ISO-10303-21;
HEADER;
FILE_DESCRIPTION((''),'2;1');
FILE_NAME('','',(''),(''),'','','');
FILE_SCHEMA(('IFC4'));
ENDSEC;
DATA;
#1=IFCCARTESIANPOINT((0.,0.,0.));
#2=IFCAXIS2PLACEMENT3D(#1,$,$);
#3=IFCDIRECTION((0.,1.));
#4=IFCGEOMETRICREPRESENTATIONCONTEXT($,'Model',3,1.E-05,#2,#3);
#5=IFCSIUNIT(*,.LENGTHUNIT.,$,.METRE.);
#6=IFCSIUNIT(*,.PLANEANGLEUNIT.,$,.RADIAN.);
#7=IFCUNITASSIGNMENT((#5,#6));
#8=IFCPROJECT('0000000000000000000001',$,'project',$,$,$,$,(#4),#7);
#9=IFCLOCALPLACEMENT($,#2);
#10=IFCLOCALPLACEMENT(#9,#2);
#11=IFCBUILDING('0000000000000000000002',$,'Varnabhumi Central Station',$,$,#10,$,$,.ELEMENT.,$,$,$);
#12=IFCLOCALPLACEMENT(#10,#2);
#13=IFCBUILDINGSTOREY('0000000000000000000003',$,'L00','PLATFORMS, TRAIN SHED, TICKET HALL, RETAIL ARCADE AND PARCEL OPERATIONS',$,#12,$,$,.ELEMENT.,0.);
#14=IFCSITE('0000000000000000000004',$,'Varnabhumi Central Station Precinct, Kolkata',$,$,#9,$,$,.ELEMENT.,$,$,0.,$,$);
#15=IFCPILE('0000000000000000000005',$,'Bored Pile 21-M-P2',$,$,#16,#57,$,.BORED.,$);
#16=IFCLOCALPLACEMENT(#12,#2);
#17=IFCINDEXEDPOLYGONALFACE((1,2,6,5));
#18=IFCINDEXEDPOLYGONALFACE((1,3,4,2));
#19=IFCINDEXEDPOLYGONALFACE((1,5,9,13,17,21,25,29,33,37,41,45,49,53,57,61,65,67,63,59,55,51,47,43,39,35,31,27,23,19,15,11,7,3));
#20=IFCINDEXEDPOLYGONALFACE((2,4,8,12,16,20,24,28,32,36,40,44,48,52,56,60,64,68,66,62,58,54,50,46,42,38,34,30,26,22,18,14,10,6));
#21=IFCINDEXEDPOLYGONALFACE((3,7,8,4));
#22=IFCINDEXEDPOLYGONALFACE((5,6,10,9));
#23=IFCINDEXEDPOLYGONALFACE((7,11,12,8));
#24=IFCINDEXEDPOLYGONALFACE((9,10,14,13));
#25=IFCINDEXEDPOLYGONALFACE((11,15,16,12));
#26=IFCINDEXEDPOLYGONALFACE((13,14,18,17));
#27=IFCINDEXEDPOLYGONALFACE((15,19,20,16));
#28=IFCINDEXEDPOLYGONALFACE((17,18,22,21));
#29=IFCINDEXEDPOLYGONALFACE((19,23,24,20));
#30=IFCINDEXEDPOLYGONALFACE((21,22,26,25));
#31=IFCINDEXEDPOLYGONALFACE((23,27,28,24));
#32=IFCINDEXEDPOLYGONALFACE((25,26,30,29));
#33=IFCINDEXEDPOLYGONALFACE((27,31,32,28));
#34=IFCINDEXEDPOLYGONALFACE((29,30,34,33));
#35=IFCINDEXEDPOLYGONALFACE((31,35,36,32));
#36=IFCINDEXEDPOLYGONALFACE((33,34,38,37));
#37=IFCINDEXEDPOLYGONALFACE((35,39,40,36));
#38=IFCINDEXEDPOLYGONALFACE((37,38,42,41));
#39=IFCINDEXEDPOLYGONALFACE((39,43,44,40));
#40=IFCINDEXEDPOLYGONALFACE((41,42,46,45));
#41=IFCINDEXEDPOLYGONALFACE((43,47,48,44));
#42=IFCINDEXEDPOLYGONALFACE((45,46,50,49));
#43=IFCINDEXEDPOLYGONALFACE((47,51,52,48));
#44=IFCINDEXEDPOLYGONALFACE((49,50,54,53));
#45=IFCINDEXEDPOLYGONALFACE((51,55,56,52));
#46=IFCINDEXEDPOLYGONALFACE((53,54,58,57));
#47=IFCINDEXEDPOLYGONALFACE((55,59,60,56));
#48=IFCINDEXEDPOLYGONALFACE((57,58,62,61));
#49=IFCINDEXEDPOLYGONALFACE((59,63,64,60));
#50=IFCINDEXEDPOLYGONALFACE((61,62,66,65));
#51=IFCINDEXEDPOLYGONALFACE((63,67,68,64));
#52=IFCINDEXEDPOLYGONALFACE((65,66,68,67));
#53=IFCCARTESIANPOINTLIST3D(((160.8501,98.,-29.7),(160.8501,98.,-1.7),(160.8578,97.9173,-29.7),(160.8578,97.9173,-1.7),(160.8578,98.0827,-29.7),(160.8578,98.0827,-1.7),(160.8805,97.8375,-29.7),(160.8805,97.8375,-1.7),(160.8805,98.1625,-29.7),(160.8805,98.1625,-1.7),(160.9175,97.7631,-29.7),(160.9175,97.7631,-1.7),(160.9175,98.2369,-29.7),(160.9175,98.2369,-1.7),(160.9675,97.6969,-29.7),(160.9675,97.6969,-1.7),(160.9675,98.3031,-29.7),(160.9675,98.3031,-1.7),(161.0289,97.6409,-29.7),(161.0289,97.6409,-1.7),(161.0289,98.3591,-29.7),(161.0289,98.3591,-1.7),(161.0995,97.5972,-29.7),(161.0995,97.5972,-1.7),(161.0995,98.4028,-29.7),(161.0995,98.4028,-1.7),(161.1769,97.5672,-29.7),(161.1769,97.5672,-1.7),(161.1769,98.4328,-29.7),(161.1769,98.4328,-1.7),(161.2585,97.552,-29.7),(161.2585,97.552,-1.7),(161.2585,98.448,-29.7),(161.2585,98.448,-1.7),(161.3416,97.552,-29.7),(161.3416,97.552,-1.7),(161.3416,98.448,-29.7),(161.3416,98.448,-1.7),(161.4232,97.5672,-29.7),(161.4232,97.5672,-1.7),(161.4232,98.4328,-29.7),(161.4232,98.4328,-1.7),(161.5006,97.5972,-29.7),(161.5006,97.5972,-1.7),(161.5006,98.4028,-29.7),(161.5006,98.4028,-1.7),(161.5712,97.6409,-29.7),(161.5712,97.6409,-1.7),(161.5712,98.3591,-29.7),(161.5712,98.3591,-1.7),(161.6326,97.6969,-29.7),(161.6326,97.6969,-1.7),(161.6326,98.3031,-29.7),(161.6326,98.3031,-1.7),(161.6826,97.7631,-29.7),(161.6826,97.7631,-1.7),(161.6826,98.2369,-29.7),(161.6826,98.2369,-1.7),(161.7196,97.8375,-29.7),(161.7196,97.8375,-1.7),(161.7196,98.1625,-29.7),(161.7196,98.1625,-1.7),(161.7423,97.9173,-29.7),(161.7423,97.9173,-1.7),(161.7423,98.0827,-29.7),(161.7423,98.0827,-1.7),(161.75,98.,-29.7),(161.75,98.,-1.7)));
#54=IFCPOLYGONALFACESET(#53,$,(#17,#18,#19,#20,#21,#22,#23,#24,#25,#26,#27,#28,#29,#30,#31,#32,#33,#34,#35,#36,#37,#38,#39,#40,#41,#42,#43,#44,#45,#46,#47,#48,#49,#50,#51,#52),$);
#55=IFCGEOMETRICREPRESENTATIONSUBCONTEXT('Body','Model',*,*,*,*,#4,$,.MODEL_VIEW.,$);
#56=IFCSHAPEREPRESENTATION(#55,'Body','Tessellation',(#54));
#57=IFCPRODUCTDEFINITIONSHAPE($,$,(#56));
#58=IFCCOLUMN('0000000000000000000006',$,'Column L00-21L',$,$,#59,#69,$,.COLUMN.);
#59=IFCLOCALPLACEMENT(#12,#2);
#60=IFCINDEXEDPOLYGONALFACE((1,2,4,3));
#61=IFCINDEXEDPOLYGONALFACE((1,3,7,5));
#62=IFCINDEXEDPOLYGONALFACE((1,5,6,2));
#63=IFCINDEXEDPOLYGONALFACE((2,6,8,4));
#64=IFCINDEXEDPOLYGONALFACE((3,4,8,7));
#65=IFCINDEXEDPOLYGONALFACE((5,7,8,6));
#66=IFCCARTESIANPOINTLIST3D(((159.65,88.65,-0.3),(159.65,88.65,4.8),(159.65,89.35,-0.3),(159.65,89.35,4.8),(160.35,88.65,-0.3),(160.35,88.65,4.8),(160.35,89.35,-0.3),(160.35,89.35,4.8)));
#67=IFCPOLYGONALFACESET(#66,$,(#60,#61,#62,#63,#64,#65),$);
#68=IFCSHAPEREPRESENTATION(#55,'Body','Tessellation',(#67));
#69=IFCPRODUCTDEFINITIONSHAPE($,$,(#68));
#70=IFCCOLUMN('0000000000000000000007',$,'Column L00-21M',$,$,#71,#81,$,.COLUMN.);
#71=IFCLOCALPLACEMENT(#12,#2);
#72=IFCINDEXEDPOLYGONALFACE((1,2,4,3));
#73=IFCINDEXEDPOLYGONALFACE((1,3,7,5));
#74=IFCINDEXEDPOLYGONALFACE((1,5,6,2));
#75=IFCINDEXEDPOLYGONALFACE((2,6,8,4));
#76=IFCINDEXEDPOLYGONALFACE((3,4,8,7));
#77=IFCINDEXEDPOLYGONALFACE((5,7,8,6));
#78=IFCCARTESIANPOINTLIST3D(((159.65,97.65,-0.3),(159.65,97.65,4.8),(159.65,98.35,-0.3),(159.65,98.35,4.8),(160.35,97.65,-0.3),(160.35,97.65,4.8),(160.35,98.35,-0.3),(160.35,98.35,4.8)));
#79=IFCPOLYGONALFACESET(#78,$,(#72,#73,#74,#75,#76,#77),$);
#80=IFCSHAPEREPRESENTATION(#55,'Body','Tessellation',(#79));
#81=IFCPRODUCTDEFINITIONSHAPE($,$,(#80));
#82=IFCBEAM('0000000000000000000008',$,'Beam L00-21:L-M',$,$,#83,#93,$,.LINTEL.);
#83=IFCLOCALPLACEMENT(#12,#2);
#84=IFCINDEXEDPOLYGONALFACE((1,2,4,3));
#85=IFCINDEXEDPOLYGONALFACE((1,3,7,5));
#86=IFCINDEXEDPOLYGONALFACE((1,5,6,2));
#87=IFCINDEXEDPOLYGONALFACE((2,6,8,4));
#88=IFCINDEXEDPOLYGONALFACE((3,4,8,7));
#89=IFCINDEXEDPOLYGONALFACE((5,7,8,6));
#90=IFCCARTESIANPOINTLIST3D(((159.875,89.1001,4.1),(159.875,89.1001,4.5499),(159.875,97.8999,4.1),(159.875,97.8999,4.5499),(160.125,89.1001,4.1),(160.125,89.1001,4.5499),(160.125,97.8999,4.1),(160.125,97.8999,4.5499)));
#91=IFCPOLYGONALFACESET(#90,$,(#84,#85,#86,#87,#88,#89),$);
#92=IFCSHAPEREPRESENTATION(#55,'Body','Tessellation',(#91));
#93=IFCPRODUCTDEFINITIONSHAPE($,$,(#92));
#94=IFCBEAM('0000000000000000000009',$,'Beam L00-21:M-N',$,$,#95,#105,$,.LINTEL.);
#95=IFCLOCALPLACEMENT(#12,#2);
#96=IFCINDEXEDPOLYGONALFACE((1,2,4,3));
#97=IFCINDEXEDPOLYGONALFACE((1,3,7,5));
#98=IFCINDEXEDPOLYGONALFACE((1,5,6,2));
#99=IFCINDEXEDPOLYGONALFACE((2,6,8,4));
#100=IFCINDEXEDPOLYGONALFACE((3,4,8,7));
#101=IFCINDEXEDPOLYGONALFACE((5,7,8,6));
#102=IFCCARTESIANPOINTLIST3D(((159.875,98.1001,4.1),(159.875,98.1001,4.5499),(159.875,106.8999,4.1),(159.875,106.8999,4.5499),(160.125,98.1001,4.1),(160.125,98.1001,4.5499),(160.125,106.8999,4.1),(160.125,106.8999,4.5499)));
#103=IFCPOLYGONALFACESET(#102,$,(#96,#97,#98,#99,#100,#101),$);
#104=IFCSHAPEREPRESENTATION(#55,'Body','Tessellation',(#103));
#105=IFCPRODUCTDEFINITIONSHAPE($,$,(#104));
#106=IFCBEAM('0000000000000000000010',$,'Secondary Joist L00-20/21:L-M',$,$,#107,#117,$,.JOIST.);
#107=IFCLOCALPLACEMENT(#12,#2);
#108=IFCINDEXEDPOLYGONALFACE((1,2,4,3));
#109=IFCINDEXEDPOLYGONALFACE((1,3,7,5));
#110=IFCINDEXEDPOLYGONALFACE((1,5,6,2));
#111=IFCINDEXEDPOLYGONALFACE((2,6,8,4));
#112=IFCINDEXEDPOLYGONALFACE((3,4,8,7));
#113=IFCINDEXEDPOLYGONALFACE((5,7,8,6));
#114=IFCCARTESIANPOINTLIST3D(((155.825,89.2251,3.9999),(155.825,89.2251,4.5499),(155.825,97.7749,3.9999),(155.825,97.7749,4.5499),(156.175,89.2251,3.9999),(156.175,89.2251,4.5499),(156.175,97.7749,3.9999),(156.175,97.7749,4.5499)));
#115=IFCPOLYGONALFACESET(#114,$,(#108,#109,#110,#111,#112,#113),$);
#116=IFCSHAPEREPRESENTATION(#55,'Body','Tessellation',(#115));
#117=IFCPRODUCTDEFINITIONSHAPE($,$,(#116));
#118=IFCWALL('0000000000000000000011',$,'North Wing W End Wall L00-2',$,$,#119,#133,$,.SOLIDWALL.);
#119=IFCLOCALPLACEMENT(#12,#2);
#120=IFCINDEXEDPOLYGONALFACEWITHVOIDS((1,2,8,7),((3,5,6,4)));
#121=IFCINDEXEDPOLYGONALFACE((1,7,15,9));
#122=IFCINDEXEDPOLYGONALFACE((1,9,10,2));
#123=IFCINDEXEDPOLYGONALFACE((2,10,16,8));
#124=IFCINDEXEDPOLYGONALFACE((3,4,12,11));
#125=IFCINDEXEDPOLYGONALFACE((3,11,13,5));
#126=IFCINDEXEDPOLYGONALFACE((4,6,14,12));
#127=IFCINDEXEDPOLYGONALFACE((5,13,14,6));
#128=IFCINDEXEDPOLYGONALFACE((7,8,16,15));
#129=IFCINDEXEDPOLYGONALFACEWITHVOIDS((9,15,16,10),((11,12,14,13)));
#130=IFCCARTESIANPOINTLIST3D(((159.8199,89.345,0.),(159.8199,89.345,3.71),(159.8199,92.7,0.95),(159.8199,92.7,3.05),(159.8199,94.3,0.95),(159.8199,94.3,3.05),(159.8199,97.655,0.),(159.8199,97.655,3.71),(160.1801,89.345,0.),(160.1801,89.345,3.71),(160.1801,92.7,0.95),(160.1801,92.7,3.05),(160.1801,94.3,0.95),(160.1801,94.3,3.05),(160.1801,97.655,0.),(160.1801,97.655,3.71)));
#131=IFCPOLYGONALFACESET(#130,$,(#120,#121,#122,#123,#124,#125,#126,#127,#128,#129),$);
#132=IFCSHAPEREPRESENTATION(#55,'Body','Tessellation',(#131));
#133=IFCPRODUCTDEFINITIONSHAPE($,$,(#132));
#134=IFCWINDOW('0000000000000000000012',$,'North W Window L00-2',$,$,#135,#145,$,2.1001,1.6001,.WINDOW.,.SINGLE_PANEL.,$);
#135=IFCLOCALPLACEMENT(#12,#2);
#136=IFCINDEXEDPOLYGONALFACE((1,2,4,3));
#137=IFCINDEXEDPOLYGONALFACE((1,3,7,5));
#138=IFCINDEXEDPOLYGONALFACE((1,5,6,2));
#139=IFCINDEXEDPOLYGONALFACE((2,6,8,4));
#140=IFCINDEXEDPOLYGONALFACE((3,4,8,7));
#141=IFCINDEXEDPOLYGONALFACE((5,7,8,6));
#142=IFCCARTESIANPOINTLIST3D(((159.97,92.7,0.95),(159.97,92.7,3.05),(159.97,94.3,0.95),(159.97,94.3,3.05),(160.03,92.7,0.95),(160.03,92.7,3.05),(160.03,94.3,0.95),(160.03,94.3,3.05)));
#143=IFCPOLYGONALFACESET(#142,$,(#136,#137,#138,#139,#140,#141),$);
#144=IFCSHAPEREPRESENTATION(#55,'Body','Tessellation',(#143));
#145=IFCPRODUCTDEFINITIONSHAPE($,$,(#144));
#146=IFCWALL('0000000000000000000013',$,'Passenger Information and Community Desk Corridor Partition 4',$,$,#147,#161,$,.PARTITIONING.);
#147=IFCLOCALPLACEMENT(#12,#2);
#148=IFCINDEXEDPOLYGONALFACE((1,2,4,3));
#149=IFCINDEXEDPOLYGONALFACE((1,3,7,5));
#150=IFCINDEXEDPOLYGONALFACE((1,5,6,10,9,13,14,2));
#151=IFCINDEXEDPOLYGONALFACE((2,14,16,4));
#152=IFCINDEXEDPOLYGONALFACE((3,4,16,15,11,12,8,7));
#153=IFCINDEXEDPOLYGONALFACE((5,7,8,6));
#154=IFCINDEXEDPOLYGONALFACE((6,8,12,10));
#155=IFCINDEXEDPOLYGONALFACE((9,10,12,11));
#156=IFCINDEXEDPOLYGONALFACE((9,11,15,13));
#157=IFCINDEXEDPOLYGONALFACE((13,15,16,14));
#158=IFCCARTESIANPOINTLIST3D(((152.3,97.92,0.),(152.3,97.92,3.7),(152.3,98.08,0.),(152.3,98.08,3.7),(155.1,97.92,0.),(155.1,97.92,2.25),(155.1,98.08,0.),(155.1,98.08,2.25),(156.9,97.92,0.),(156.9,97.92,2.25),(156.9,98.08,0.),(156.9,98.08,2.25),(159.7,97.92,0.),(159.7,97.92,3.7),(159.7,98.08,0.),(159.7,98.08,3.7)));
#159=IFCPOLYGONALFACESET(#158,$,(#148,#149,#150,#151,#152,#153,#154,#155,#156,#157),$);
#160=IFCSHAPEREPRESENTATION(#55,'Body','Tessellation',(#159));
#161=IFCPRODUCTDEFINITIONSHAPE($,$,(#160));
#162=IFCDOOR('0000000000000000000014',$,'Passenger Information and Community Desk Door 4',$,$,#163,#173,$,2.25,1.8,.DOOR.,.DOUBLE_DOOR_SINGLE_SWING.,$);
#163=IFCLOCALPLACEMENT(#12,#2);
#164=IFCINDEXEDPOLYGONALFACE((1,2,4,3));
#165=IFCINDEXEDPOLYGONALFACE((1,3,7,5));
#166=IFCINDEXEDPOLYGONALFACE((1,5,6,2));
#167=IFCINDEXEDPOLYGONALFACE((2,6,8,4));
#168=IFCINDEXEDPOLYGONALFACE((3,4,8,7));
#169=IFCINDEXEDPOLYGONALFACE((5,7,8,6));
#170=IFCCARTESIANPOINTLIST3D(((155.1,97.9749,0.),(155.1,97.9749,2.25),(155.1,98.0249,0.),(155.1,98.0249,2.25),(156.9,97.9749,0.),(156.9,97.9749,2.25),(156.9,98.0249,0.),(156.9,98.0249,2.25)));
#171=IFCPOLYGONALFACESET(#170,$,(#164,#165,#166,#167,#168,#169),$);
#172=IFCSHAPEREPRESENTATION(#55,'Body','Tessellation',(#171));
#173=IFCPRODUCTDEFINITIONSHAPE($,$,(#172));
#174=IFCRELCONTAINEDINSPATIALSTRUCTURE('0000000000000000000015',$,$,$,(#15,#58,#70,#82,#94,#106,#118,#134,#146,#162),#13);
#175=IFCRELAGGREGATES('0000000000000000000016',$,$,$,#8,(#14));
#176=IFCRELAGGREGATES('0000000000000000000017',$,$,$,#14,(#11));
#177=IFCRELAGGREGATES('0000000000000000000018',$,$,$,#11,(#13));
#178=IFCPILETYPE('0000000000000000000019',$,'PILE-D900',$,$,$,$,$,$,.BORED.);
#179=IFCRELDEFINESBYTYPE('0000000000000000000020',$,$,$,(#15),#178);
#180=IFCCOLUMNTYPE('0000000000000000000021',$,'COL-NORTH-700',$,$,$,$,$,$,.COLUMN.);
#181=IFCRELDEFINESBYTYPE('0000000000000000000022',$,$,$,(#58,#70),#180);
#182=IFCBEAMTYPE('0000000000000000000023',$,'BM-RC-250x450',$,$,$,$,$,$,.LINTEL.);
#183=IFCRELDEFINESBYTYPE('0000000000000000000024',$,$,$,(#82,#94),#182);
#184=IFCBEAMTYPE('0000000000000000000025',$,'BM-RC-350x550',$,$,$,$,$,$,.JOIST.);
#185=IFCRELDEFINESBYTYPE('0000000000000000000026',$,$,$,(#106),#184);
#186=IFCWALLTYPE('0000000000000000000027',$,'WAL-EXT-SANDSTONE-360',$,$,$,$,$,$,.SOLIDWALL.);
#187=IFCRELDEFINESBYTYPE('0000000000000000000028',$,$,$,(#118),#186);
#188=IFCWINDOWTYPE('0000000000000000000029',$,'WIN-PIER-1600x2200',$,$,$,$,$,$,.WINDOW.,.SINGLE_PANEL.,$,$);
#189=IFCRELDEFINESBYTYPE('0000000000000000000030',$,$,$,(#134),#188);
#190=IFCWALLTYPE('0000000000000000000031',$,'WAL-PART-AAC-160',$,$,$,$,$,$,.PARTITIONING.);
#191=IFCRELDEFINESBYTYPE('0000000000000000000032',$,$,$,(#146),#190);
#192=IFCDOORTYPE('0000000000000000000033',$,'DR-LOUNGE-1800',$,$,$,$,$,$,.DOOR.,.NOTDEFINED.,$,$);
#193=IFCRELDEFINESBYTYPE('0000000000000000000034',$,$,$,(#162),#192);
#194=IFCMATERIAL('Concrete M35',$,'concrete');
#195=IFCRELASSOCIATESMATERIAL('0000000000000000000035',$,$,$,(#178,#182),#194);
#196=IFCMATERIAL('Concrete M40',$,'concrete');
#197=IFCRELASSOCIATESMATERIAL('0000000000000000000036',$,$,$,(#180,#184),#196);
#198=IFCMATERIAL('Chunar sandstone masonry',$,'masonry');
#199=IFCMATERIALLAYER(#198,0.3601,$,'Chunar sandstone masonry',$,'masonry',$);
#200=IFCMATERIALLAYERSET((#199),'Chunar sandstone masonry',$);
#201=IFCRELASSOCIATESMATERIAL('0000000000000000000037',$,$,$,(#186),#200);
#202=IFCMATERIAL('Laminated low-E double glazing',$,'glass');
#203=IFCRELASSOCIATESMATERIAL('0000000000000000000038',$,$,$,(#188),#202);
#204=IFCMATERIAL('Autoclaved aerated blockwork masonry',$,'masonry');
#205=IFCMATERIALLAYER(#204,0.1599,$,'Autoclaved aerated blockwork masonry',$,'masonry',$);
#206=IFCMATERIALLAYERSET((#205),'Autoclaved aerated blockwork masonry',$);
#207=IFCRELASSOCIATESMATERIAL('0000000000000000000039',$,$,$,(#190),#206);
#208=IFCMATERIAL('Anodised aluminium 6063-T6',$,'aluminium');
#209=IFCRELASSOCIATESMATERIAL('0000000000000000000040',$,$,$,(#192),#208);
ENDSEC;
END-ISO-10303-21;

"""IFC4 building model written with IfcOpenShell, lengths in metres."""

from ifc_helpers import new_model, si_unit, direction, frame, frame_2d, origin, origin_2d, place, context, subcontext, project, spatial, rectangle, circle, extrude, material, layer, layer_set, material_profile, profile_set, type_object, element, fill, save


model = new_model("IFC4")

# Units and contexts
model_context = context("Model", 3, precision=1e-05, world=origin(), true_north=direction((0.0, 1.0)))
body_context = subcontext(model_context, "Body", "Model", "MODEL_VIEW")
ifc_project = project(units=[si_unit("LENGTHUNIT", "METRE"), si_unit("PLANEANGLEUNIT", "RADIAN")], contexts=[model_context])

# Site, building, storey
site_placement = place(None, origin())
site = spatial("IfcSite", under=ifc_project, at=site_placement, Name="Varnabhumi Central Station Precinct, Kolkata", CompositionType="ELEMENT", RefElevation=0.0)
building_placement = place(site_placement, origin())
building = spatial("IfcBuilding", under=site, at=building_placement, Name="Varnabhumi Central Station", CompositionType="ELEMENT")
storey_placement = place(building_placement, origin())
storey = spatial("IfcBuildingStorey", under=building, at=storey_placement, Name="L00", Description="PLATFORMS, TRAIN SHED, TICKET HALL, RETAIL ARCADE AND PARCEL OPERATIONS", CompositionType="ELEMENT", Elevation=0.0)

# Shared definitions
ifc_material_1 = material(Name="Concrete M40", Category="concrete")

# Pile
ifc_material_2 = material(Name="Concrete M35", Category="concrete")
ifc_material_profile_1 = material_profile(ifc_material_2, circle(Radius=0.45, at=origin_2d()), Name="Concrete M35", Category="concrete")
ifc_profile_set_1 = profile_set([ifc_material_profile_1], Name="Concrete M35")
pile_type_1 = type_object("IfcPileType", Name="PILE-D900", PredefinedType="BORED", material=ifc_profile_set_1)
for number, where, z_axis, x_axis, name in (
    (1, (161.3, 98.0, -1.7), (0.0, 0.0, -1.0), (1.0, 0.0, 0.0), "Bored Pile 21-M-P2"),
):
    element("IfcPile", number, at=place(storey_placement, frame(where, z_axis=z_axis, x_axis=x_axis)), inside=storey, type_object=pile_type_1, Name=name, PredefinedType="BORED", context=body_context, shape_type="SweptSolid", body=[
        extrude(circle(Radius=0.45, at=origin_2d()), origin(), (0.0, 0.0, 1.0), 28.0),
    ])

# Columns
ifc_material_profile_2 = material_profile(ifc_material_1, rectangle(XDim=0.7, YDim=0.7, at=origin_2d()), Name="Concrete M40", Category="concrete")
ifc_profile_set_2 = profile_set([ifc_material_profile_2], Name="Concrete M40")
column_type = type_object("IfcColumnType", Name="COL-NORTH-700", PredefinedType="COLUMN", material=ifc_profile_set_2)
for number, where, z_axis, x_axis, name in (
    (2, (160.0, 89.0, -0.3), (0.0, 0.0, 1.0), (1.0, 0.0, 0.0), "Column L00-21L"),
    (3, (160.0, 98.0, -0.3), (0.0, 0.0, 1.0), (1.0, 0.0, 0.0), "Column L00-21M"),
):
    element("IfcColumn", number, at=place(storey_placement, frame(where, z_axis=z_axis, x_axis=x_axis)), inside=storey, type_object=column_type, Name=name, PredefinedType="COLUMN", context=body_context, shape_type="SweptSolid", body=[
        extrude(rectangle(XDim=0.7, YDim=0.7, at=origin_2d()), origin(), (0.0, 0.0, 1.0), 5.1001),
    ])

# Beams
ifc_material_profile_3 = material_profile(ifc_material_2, rectangle(XDim=0.25, YDim=0.45, at=origin_2d()), Name="Concrete M35", Category="concrete")
ifc_profile_set_3 = profile_set([ifc_material_profile_3], Name="Concrete M35")
beam_type_1 = type_object("IfcBeamType", Name="BM-RC-250x450", PredefinedType="LINTEL", material=ifc_profile_set_3)
for number, where, z_axis, x_axis, name in (
    (4, (160.0, 89.1001, 4.325), (0.0, 1.0, 0.0), (-1.0, 0.0, 0.0), "Beam L00-21:L-M"),
    (5, (160.0, 98.1001, 4.325), (0.0, 1.0, 0.0), (-1.0, 0.0, 0.0), "Beam L00-21:M-N"),
):
    element("IfcBeam", number, at=place(storey_placement, frame(where, z_axis=z_axis, x_axis=x_axis)), inside=storey, type_object=beam_type_1, Name=name, PredefinedType="LINTEL", context=body_context, shape_type="SweptSolid", body=[
        extrude(rectangle(XDim=0.25, YDim=0.45, at=origin_2d()), origin(), (0.0, 0.0, 1.0), 8.7998),
    ])
ifc_material_profile_4 = material_profile(ifc_material_1, rectangle(XDim=0.3501, YDim=0.55, at=origin_2d()), Name="Concrete M40", Category="concrete")
ifc_profile_set_4 = profile_set([ifc_material_profile_4], Name="Concrete M40")
beam_type_2 = type_object("IfcBeamType", Name="BM-RC-350x550", PredefinedType="JOIST", material=ifc_profile_set_4)
beam_placement = place(storey_placement, frame((156.0, 89.2251, 4.2749), z_axis=(0.0, 1.0, 0.0), x_axis=(-1.0, 0.0, 0.0)))
element("IfcBeam", 6, at=beam_placement, inside=storey, type_object=beam_type_2, Name="Secondary Joist L00-20/21:L-M", PredefinedType="JOIST", context=body_context, shape_type="SweptSolid", body=[
    extrude(rectangle(XDim=0.3501, YDim=0.55, at=origin_2d()), origin(), (0.0, 0.0, 1.0), 8.5498),
])

# Wall, opening, window
ifc_material_3 = material(Name="Chunar sandstone masonry", Category="masonry")
ifc_layer_1 = layer(ifc_material_3, 0.3601, Name="Chunar sandstone masonry", Category="masonry")
ifc_layer_set_1 = layer_set([ifc_layer_1], Name="Chunar sandstone masonry")
wall_type_1 = type_object("IfcWallType", Name="WAL-EXT-SANDSTONE-360", PredefinedType="SOLIDWALL", material=ifc_layer_set_1)
wall_1_placement = place(storey_placement, frame((160.0, 89.345, 0.0), z_axis=(0.0, 0.0, 1.0), x_axis=(0.0, 1.0, 0.0)))
wall_1 = element("IfcWall", 7, at=wall_1_placement, inside=storey, type_object=wall_type_1, Name="North Wing W End Wall L00-2", PredefinedType="SOLIDWALL", context=body_context, shape_type="SweptSolid", body=[
    extrude(rectangle(XDim=8.3101, YDim=0.3601, at=frame_2d((4.155, 0.0))), origin(), (0.0, 0.0, 1.0), 3.71),
])
opening_1_placement = place(wall_1_placement, frame((3.355, 0.0, 0.95)))
opening_1 = element("IfcOpeningElement", 8, at=opening_1_placement, cuts=wall_1, PredefinedType="OPENING", context=body_context, shape_type="SweptSolid", body=[
    extrude(rectangle(XDim=1.6001, YDim=2.1001, at=frame_2d((0.8, 1.05))), frame((0.0, 0.1899, 0.0), z_axis=(0.0, -1.0, 0.0), x_axis=(1.0, 0.0, 0.0)), (0.0, 0.0, 1.0), 0.3801),
])
ifc_material_4 = material(Name="Laminated low-E double glazing", Category="glass")
window_type = type_object("IfcWindowType", Name="WIN-PIER-1600x2200", PartitioningType="SINGLE_PANEL", PredefinedType="WINDOW", material=ifc_material_4)
window_placement = place(opening_1_placement, origin())
window = element("IfcWindow", 9, at=window_placement, inside=storey, type_object=window_type, Name="North W Window L00-2", OverallHeight=2.1001, OverallWidth=1.6001, PartitioningType="SINGLE_PANEL", PredefinedType="WINDOW", context=body_context, shape_type="SweptSolid", body=[
    extrude(rectangle(XDim=1.6001, YDim=2.1001, at=frame_2d((0.8, 1.05))), frame((0.0, 0.03, 0.0), z_axis=(0.0, -1.0, 0.0), x_axis=(1.0, 0.0, 0.0)), (0.0, 0.0, 1.0), 0.0601),
])
fill(opening_1, window)

# Wall, opening, door
ifc_material_5 = material(Name="Autoclaved aerated blockwork masonry", Category="masonry")
ifc_layer_2 = layer(ifc_material_5, 0.1599, Name="Autoclaved aerated blockwork masonry", Category="masonry")
ifc_layer_set_2 = layer_set([ifc_layer_2], Name="Autoclaved aerated blockwork masonry")
wall_type_2 = type_object("IfcWallType", Name="WAL-PART-AAC-160", PredefinedType="PARTITIONING", material=ifc_layer_set_2)
wall_2_placement = place(storey_placement, frame((152.3, 98.0, 0.0), z_axis=(0.0, 0.0, 1.0), x_axis=(1.0, 0.0, 0.0)))
wall_2 = element("IfcWall", 10, at=wall_2_placement, inside=storey, type_object=wall_type_2, Name="Passenger Information and Community Desk Corridor Partition 4", PredefinedType="PARTITIONING", context=body_context, shape_type="SweptSolid", body=[
    extrude(rectangle(XDim=7.3999, YDim=0.1599, at=frame_2d((3.7, 0.0))), origin(), (0.0, 0.0, 1.0), 3.7),
])
opening_2_placement = place(wall_2_placement, frame((2.8, 0.0, 0.0)))
opening_2 = element("IfcOpeningElement", 11, at=opening_2_placement, cuts=wall_2, PredefinedType="OPENING", context=body_context, shape_type="SweptSolid", body=[
    extrude(rectangle(XDim=1.8, YDim=2.25, at=frame_2d((0.8999, 1.125))), frame((0.0, 0.0898, 0.0), z_axis=(0.0, -1.0, 0.0), x_axis=(1.0, 0.0, 0.0)), (0.0, 0.0, 1.0), 0.1799),
])
ifc_material_6 = material(Name="Anodised aluminium 6063-T6", Category="aluminium")
door_type = type_object("IfcDoorType", Name="DR-LOUNGE-1800", OperationType="NOTDEFINED", PredefinedType="DOOR", material=ifc_material_6)
door_placement = place(opening_2_placement, origin())
door = element("IfcDoor", 12, at=door_placement, inside=storey, type_object=door_type, Name="Passenger Information and Community Desk Door 4", OperationType="DOUBLE_DOOR_SINGLE_SWING", OverallHeight=2.25, OverallWidth=1.8, PredefinedType="DOOR", context=body_context, shape_type="SweptSolid", body=[
    extrude(rectangle(XDim=1.8, YDim=2.25, at=frame_2d((0.8999, 1.125))), frame((0.0, 0.0249, 0.0), z_axis=(0.0, -1.0, 0.0), x_axis=(1.0, 0.0, 0.0)), (0.0, 0.0, 1.0), 0.05),
])
fill(opening_2, door)

save(model, "model.ifc")
